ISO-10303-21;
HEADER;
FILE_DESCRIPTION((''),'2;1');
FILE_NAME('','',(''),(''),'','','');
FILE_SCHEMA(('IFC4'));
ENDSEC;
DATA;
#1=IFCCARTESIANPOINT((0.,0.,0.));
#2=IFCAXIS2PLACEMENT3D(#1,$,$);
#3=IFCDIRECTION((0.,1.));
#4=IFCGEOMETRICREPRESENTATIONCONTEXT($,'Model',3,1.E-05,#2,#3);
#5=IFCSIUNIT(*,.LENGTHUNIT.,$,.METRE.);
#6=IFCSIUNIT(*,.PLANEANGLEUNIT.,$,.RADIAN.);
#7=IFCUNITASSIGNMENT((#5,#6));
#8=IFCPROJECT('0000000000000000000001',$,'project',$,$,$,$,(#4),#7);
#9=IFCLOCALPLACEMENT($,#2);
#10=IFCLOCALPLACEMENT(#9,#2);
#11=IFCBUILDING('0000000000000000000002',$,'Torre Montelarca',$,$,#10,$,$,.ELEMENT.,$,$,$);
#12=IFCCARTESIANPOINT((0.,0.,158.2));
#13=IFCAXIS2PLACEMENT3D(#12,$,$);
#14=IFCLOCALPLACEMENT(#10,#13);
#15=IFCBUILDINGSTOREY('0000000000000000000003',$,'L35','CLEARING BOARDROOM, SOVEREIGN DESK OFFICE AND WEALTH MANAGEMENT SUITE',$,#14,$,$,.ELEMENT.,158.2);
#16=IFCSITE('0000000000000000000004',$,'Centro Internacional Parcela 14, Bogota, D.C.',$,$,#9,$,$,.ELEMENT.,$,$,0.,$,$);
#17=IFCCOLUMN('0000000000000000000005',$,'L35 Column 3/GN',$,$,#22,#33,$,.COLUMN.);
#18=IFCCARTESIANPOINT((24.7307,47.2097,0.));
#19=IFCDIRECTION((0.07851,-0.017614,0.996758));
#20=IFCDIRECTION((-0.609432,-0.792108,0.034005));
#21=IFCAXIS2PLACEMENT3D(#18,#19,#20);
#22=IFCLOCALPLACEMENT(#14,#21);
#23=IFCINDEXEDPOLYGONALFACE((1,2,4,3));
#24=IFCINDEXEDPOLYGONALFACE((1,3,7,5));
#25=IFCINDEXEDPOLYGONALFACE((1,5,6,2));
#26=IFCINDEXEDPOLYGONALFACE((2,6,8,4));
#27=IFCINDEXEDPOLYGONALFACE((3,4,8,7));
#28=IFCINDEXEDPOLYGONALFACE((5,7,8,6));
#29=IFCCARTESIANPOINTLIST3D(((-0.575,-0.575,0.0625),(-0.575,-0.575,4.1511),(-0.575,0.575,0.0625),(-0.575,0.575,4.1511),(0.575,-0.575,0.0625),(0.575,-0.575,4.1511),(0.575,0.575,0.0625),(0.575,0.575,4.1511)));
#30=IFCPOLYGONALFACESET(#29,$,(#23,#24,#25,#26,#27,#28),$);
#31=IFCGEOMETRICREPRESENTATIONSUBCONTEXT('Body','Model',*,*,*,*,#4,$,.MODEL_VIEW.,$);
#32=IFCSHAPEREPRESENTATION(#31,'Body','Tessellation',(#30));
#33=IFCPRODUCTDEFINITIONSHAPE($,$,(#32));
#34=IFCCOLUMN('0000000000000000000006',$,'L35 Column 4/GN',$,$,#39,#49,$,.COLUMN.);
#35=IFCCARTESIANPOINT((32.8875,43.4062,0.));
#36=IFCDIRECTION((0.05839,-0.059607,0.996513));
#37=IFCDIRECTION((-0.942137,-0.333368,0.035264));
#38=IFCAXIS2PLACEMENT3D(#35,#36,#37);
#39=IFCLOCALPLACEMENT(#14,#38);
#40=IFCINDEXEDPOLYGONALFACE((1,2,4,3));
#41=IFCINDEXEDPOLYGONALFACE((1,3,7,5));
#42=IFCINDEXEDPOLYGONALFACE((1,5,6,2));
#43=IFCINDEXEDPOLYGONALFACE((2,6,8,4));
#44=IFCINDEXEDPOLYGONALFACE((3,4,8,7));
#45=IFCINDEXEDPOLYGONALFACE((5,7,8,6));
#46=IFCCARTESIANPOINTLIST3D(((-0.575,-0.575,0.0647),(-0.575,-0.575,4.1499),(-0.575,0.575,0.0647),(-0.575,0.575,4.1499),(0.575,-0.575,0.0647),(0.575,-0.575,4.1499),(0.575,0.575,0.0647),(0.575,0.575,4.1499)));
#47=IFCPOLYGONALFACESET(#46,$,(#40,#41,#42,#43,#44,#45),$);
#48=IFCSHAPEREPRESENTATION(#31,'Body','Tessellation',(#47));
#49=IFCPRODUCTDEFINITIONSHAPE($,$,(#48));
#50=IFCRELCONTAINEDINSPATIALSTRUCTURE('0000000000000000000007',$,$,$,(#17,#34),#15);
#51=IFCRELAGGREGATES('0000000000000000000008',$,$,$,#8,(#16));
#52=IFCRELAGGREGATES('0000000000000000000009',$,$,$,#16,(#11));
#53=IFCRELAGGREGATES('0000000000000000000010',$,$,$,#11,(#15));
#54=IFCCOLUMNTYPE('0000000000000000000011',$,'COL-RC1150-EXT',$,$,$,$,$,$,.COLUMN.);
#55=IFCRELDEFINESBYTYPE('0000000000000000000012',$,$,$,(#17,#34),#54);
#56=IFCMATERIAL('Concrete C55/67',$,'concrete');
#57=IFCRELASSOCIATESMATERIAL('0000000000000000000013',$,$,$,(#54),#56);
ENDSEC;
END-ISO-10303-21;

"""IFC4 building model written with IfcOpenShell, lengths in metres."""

from ifc_helpers import new_model, si_unit, direction, frame, origin, origin_2d, place, context, subcontext, project, spatial, rectangle, extrude, clip, halfspace, material, material_profile, profile_set, type_object, element, save


model = new_model("IFC4")

# Units and contexts
model_context = context("Model", 3, precision=1e-05, world=origin(), true_north=direction((0.0, 1.0)))
body_context = subcontext(model_context, "Body", "Model", "MODEL_VIEW")
ifc_project = project(units=[si_unit("LENGTHUNIT", "METRE"), si_unit("PLANEANGLEUNIT", "RADIAN")], contexts=[model_context])

# Site, building, storey
site_placement = place(None, origin())
site = spatial("IfcSite", under=ifc_project, at=site_placement, Name="Centro Internacional Parcela 14, Bogota, D.C.", CompositionType="ELEMENT", RefElevation=0.0)
building_placement = place(site_placement, origin())
building = spatial("IfcBuilding", under=site, at=building_placement, Name="Torre Montelarca", CompositionType="ELEMENT")
storey_placement = place(building_placement, frame((0.0, 0.0, 158.2)))
storey = spatial("IfcBuildingStorey", under=building, at=storey_placement, Name="L35", Description="CLEARING BOARDROOM, SOVEREIGN DESK OFFICE AND WEALTH MANAGEMENT SUITE", CompositionType="ELEMENT", Elevation=158.2)

# Columns
ifc_material_1 = material(Name="Concrete C55/67", Category="concrete")
ifc_material_profile_1 = material_profile(ifc_material_1, rectangle(XDim=1.1499, YDim=1.1499, at=origin_2d()), Name="RC1150X1150", Category="concrete")
ifc_profile_set_1 = profile_set([ifc_material_profile_1], Name="Concrete C55/67")
column_type_1 = type_object("IfcColumnType", Name="COL-RC1150-EXT", PredefinedType="COLUMN", material=ifc_profile_set_1)
column_1_placement = place(storey_placement, frame((24.7307, 47.2097, 0.0), z_axis=(0.07851, -0.017614, 0.996758), x_axis=(-0.609432, -0.792108, 0.034005)))
element("IfcColumn", 1, at=column_1_placement, inside=storey, type_object=column_type_1, Name="L35 Column 3/GN", PredefinedType="COLUMN", context=body_context, shape_type="Clipping", body=[
    clip(clip(extrude(rectangle(XDim=1.1499, YDim=1.1499, at=origin_2d()), origin(), (0.0, 0.0, 1.0), 4.2136), halfspace(frame((0.0, 0.0, 0.0625), z_axis=(0.0, 0.0, -1.0), x_axis=(1.0, 0.0, 0.0)), False)), halfspace(frame((0.0, 0.0, 4.1511), z_axis=(0.0, 0.0, 1.0), x_axis=(1.0, 0.0, 0.0)), False)),
])
column_2_placement = place(storey_placement, frame((32.8875, 43.4062, 0.0), z_axis=(0.05839, -0.059607, 0.996513), x_axis=(-0.942137, -0.333368, 0.035264)))
element("IfcColumn", 2, at=column_2_placement, inside=storey, type_object=column_type_1, Name="L35 Column 4/GN", PredefinedType="COLUMN", context=body_context, shape_type="Clipping", body=[
    clip(clip(extrude(rectangle(XDim=1.1499, YDim=1.1499, at=origin_2d()), origin(), (0.0, 0.0, 1.0), 4.2146), halfspace(frame((0.0, 0.0, 0.0647), z_axis=(0.0, 0.0, -1.0), x_axis=(1.0, 0.0, 0.0)), False)), halfspace(frame((0.0, 0.0, 4.1499), z_axis=(0.0, 0.0, 1.0), x_axis=(1.0, 0.0, 0.0)), False)),
])

save(model, "model.ifc")
